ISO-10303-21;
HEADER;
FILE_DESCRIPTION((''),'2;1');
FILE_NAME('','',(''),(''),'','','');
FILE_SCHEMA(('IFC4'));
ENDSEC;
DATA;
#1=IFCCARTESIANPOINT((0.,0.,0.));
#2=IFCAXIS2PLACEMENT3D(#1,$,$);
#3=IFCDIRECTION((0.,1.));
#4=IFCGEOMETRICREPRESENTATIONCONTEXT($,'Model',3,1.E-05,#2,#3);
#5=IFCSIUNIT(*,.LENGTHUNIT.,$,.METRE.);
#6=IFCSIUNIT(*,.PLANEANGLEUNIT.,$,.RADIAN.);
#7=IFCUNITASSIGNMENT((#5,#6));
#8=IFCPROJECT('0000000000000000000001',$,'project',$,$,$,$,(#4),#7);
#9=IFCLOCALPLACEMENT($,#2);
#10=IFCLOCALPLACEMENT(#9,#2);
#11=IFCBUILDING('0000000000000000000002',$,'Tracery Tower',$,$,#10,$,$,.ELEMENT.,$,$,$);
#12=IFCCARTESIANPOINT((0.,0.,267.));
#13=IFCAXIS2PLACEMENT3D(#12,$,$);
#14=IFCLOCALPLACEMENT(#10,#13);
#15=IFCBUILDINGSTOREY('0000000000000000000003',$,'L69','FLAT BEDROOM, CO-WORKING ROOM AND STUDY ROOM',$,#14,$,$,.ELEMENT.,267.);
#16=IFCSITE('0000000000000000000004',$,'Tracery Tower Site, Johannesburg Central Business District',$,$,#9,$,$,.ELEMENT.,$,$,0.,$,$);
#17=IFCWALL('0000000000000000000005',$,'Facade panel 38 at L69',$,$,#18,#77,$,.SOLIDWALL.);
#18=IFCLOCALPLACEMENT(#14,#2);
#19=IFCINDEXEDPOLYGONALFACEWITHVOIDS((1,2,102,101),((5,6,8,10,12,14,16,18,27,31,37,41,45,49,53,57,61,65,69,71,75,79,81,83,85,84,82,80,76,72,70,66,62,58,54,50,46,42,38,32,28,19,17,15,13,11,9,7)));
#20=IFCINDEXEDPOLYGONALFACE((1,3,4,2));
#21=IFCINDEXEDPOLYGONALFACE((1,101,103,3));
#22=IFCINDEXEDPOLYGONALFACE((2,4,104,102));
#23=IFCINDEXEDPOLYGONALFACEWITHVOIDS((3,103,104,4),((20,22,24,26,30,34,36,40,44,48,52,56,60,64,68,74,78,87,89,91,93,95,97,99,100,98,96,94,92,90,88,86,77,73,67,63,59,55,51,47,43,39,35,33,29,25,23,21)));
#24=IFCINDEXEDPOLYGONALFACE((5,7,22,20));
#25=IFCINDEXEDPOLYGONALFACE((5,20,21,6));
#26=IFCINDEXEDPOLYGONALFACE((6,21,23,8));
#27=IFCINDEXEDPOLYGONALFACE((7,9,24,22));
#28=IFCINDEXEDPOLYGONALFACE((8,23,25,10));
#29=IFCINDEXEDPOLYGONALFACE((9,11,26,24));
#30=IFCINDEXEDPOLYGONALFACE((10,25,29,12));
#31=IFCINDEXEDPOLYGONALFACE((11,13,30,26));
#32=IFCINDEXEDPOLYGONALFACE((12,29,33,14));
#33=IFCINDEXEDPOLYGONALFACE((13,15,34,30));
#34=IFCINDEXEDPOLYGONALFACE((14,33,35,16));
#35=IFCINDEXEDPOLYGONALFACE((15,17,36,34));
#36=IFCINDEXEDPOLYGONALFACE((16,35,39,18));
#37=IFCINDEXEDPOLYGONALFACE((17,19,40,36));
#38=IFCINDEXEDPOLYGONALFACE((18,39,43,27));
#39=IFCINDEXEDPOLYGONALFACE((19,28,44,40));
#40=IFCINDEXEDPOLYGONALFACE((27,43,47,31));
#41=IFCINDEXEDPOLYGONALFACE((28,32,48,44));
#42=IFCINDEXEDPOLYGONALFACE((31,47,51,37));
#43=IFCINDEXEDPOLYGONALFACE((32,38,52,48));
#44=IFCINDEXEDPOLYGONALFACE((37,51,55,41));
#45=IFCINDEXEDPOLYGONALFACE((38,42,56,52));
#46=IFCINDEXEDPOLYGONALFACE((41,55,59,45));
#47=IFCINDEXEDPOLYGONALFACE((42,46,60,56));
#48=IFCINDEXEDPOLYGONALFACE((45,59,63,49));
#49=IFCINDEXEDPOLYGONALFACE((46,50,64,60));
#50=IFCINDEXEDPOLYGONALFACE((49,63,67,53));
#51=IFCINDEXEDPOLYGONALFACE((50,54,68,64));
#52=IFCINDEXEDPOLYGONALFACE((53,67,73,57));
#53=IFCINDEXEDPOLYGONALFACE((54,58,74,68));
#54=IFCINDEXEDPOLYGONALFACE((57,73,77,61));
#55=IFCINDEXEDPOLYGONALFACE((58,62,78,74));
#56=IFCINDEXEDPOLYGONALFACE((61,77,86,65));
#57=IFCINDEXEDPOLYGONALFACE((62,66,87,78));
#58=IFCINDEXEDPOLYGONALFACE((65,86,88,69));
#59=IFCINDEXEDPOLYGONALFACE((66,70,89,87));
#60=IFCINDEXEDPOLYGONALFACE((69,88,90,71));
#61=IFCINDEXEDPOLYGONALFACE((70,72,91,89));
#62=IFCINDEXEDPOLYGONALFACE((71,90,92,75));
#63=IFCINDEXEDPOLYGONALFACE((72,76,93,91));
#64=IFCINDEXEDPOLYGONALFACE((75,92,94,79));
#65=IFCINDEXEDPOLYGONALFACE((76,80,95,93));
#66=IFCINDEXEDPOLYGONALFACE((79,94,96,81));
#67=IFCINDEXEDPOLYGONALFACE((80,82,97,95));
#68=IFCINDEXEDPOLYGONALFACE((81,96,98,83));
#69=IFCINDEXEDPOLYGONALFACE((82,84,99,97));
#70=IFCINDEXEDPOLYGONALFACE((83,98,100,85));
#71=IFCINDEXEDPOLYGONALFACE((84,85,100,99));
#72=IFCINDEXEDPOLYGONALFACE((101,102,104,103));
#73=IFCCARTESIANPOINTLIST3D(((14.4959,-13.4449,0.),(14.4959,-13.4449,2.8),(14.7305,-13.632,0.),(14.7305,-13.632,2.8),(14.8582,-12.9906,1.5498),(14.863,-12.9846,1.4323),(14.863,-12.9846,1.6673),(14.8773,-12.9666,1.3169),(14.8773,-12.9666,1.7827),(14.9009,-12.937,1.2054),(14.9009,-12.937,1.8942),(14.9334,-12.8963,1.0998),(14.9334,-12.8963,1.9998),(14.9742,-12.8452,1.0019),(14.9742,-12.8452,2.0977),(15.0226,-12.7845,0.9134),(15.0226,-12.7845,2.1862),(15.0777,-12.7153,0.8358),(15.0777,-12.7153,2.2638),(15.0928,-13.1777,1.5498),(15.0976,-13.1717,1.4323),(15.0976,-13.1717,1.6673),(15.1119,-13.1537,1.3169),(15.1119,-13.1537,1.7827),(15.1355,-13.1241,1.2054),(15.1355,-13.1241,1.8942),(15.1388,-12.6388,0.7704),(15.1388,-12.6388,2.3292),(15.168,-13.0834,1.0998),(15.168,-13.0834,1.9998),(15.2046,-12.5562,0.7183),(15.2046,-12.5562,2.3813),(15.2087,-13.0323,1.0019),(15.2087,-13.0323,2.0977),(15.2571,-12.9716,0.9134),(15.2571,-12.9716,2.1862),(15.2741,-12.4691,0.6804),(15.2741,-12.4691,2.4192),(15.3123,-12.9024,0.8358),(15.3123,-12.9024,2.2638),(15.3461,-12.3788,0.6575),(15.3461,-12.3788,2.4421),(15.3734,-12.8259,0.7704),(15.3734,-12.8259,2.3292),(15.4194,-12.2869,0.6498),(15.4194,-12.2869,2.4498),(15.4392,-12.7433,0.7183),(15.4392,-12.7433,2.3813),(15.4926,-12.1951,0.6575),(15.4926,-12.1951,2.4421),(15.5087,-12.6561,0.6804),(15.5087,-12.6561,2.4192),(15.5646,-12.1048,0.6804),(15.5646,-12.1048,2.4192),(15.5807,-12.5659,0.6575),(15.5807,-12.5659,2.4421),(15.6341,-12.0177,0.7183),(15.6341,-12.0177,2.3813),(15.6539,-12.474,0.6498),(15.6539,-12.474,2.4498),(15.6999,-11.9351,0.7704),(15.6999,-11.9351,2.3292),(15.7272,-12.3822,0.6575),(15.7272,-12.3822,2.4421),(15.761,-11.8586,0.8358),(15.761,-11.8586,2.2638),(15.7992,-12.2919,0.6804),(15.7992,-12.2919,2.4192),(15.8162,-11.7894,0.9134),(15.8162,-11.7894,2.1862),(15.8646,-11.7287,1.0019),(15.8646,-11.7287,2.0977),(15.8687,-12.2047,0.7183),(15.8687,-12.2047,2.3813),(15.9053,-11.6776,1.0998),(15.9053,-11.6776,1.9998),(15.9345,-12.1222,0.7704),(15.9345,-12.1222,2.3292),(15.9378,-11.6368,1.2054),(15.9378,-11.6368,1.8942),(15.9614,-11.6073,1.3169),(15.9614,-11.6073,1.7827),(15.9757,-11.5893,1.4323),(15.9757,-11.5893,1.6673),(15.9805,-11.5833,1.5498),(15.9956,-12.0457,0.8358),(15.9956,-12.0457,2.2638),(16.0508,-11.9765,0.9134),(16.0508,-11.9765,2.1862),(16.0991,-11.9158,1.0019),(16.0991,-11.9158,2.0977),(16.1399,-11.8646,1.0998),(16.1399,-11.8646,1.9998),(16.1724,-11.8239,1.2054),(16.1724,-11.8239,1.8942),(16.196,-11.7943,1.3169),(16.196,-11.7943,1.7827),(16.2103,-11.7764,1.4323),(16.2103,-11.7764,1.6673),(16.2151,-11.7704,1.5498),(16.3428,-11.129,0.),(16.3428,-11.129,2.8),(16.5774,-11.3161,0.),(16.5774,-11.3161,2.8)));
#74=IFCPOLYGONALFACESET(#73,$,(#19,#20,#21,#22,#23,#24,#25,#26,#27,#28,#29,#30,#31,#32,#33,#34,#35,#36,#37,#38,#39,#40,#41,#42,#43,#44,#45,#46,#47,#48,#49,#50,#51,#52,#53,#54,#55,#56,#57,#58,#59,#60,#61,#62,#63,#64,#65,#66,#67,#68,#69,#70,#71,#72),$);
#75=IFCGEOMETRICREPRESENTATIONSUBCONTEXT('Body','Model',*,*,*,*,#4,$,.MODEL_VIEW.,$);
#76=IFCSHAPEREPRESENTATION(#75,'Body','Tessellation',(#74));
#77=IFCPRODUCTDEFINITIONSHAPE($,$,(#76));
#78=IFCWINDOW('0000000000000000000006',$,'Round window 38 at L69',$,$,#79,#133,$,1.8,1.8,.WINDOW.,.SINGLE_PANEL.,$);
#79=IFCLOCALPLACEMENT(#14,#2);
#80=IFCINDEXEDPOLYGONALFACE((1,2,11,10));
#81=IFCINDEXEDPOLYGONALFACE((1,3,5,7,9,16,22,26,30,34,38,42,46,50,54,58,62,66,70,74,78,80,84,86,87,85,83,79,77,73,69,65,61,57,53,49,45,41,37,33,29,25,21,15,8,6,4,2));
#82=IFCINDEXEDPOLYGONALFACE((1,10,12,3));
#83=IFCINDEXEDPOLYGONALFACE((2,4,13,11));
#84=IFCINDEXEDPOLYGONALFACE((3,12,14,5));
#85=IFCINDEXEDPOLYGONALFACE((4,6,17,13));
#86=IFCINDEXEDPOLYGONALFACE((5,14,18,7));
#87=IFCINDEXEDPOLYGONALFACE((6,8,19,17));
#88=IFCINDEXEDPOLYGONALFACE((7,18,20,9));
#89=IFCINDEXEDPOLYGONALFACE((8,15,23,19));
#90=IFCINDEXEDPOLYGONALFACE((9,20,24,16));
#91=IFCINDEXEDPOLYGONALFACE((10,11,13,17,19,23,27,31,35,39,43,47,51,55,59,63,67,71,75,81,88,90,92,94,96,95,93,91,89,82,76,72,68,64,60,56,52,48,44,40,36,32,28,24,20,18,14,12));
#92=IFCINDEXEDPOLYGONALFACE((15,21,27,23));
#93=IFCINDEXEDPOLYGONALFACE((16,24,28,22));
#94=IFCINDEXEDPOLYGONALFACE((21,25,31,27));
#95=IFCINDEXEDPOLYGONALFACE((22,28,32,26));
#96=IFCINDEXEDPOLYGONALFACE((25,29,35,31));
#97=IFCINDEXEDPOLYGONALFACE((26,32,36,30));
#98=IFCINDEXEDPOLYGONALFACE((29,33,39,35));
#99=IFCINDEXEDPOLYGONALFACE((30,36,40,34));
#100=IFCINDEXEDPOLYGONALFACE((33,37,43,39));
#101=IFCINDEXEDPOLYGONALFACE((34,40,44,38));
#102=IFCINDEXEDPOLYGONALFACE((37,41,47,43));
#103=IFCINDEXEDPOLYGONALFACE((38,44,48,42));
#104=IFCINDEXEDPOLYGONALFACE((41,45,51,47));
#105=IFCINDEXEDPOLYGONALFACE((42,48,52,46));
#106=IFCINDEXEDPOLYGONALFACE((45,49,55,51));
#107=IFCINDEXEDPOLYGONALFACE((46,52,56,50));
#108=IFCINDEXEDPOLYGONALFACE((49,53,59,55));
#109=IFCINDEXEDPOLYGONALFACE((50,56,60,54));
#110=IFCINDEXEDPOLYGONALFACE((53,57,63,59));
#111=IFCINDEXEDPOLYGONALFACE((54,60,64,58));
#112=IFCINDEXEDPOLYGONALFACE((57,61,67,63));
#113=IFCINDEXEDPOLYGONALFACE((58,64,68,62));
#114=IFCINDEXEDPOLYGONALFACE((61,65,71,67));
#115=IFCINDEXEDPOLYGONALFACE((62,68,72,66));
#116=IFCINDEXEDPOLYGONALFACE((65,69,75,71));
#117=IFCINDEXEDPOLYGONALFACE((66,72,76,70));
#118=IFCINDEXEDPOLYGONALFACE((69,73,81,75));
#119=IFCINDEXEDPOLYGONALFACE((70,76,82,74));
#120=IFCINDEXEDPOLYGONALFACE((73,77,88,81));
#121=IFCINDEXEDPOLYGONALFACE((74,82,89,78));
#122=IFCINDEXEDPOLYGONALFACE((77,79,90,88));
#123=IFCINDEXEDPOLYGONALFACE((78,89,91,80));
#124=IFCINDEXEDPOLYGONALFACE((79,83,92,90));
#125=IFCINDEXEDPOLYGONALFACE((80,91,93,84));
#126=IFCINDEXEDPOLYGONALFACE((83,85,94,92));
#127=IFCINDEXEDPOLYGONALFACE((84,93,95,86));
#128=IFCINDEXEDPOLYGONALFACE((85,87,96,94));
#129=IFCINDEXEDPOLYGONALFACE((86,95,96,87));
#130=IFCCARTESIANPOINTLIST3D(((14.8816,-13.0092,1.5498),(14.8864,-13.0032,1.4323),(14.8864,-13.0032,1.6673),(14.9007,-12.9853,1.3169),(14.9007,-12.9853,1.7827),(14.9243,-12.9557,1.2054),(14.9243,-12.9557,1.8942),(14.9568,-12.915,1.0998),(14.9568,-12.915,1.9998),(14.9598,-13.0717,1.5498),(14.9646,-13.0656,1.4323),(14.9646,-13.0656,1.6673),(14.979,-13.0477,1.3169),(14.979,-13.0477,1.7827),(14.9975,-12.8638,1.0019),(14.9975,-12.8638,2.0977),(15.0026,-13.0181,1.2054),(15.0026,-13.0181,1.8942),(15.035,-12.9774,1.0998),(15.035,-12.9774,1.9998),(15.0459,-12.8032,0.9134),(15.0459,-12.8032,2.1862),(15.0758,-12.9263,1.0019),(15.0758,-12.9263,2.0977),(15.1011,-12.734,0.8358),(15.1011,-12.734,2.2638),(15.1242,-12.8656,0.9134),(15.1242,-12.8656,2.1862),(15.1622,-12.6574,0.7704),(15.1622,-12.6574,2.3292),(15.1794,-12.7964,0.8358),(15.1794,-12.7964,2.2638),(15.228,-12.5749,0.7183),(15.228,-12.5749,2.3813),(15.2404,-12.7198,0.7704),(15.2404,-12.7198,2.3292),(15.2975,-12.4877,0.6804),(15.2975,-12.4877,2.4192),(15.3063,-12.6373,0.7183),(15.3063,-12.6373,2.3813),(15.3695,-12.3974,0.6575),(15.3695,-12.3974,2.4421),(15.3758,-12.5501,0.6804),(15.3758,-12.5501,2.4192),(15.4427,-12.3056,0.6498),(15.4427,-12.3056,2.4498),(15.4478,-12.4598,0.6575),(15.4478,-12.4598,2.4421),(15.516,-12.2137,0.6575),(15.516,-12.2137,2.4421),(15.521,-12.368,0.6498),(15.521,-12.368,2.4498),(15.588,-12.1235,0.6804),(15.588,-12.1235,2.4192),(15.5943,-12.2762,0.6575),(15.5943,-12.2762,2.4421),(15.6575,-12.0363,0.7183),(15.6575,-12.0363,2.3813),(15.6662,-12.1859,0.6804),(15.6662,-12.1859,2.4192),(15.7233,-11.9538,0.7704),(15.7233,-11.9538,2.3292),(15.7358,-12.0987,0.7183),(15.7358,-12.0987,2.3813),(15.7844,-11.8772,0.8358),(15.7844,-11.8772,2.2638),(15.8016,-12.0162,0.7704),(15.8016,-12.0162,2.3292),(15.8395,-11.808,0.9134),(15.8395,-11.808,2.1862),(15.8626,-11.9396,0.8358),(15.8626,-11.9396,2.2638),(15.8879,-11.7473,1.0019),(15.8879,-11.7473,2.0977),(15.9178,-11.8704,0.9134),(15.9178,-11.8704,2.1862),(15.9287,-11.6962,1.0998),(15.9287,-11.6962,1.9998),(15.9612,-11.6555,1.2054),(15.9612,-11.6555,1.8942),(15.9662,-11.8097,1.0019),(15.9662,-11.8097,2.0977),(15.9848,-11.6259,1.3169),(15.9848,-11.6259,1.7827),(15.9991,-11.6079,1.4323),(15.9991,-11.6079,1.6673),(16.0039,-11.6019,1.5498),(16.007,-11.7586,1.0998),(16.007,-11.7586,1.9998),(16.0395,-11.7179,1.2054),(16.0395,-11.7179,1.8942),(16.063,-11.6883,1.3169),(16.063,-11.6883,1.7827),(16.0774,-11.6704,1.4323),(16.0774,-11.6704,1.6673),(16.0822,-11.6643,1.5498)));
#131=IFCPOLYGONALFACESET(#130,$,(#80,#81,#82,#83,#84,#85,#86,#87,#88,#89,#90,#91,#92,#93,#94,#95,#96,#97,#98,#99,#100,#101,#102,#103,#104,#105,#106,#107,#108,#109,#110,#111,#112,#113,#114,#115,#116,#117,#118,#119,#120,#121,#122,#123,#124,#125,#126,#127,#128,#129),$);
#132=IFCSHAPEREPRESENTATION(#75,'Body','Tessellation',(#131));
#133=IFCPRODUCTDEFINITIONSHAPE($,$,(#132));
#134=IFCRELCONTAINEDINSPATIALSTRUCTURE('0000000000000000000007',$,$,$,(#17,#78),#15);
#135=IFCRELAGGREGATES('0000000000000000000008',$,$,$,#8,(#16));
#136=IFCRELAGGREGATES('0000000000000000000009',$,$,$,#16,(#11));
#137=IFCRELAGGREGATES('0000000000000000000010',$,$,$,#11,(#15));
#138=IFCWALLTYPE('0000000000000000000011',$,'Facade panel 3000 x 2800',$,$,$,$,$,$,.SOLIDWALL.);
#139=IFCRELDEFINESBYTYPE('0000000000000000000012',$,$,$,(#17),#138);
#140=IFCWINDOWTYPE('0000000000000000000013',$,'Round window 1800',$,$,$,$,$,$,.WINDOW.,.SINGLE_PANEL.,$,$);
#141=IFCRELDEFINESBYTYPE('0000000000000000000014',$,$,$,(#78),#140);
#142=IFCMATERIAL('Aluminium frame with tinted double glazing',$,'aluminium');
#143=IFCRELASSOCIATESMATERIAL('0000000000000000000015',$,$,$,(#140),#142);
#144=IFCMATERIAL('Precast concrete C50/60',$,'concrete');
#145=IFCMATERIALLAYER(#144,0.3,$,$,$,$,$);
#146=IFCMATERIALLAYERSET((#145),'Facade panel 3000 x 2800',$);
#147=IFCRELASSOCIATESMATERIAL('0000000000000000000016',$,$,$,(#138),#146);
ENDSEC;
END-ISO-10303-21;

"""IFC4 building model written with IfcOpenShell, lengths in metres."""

from ifc_helpers import new_model, si_unit, direction, frame, frame_2d, origin, origin_2d, place, context, subcontext, project, spatial, rectangle, circle, extrude, material, layer, layer_set, type_object, element, fill, save


model = new_model("IFC4")

# Units and contexts
model_context = context("Model", 3, precision=1e-05, world=origin(), true_north=direction((0.0, 1.0)))
body_context = subcontext(model_context, "Body", "Model", "MODEL_VIEW")
ifc_project = project(units=[si_unit("LENGTHUNIT", "METRE"), si_unit("PLANEANGLEUNIT", "RADIAN")], contexts=[model_context])

# Site, building, storey
site_placement = place(None, origin())
site = spatial("IfcSite", under=ifc_project, at=site_placement, Name="Tracery Tower Site, Johannesburg Central Business District", CompositionType="ELEMENT", RefElevation=0.0)
building_placement = place(site_placement, origin())
building = spatial("IfcBuilding", under=site, at=building_placement, Name="Tracery Tower", CompositionType="ELEMENT")
storey_placement = place(building_placement, frame((0.0, 0.0, 267.0)))
storey = spatial("IfcBuildingStorey", under=building, at=storey_placement, Name="L69", Description="FLAT BEDROOM, CO-WORKING ROOM AND STUDY ROOM", CompositionType="ELEMENT", Elevation=267.0)

# Wall, opening, window
ifc_material_1 = material(Name="Aluminium frame with tinted double glazing", Category="aluminium")
window_type = type_object("IfcWindowType", Name="Round window 1800", PartitioningType="SINGLE_PANEL", PredefinedType="WINDOW", material=ifc_material_1)
ifc_material_2 = material(Name="Precast concrete C50/60", Category="concrete")
ifc_layer_1 = layer(ifc_material_2, 0.3)
ifc_layer_set_1 = layer_set([ifc_layer_1], Name="Facade panel 3000 x 2800")
wall_type_1 = type_object("IfcWallType", Name="Facade panel 3000 x 2800", PredefinedType="SOLIDWALL", material=ifc_layer_set_1)
wall_1_placement = place(storey_placement, frame((14.6133, -13.5383, 0.0), z_axis=(0.0, 0.0, 1.0), x_axis=(0.623498, 0.781825, 0.0)))
wall_1 = element("IfcWall", 1, at=wall_1_placement, inside=storey, type_object=wall_type_1, Name="Facade panel 38 at L69", PredefinedType="SOLIDWALL", context=body_context, shape_type="SweptSolid", body=[
    extrude(rectangle(XDim=2.9622, YDim=0.3, at=frame_2d((1.481, 0.0))), origin(), (0.0, 0.0, 1.0), 2.8),
])
opening_1_placement = place(wall_1_placement, frame((1.481, 0.0, 1.5498)))
opening_1 = element("IfcOpeningElement", 2, at=opening_1_placement, cuts=wall_1, PredefinedType="OPENING", context=body_context, shape_type="SweptSolid", body=[
    extrude(circle(Radius=0.9, at=origin_2d()), frame((0.0, 0.1599, 0.0), z_axis=(0.0, -1.0, 0.0), x_axis=(1.0, 0.0, 0.0)), (0.0, 0.0, 1.0), 0.3201),
])
window_1_placement = place(opening_1_placement, origin())
window_1 = element("IfcWindow", 3, at=window_1_placement, inside=storey, type_object=window_type, Name="Round window 38 at L69", OverallHeight=1.8, OverallWidth=1.8, PartitioningType="SINGLE_PANEL", PredefinedType="WINDOW", context=body_context, shape_type="SweptSolid", body=[
    extrude(circle(Radius=0.9, at=origin_2d()), frame((0.0, 0.1201, 0.0), z_axis=(0.0, -1.0, 0.0), x_axis=(1.0, 0.0, 0.0)), (0.0, 0.0, 1.0), 0.1001),
])
fill(opening_1, window_1)

save(model, "model.ifc")
